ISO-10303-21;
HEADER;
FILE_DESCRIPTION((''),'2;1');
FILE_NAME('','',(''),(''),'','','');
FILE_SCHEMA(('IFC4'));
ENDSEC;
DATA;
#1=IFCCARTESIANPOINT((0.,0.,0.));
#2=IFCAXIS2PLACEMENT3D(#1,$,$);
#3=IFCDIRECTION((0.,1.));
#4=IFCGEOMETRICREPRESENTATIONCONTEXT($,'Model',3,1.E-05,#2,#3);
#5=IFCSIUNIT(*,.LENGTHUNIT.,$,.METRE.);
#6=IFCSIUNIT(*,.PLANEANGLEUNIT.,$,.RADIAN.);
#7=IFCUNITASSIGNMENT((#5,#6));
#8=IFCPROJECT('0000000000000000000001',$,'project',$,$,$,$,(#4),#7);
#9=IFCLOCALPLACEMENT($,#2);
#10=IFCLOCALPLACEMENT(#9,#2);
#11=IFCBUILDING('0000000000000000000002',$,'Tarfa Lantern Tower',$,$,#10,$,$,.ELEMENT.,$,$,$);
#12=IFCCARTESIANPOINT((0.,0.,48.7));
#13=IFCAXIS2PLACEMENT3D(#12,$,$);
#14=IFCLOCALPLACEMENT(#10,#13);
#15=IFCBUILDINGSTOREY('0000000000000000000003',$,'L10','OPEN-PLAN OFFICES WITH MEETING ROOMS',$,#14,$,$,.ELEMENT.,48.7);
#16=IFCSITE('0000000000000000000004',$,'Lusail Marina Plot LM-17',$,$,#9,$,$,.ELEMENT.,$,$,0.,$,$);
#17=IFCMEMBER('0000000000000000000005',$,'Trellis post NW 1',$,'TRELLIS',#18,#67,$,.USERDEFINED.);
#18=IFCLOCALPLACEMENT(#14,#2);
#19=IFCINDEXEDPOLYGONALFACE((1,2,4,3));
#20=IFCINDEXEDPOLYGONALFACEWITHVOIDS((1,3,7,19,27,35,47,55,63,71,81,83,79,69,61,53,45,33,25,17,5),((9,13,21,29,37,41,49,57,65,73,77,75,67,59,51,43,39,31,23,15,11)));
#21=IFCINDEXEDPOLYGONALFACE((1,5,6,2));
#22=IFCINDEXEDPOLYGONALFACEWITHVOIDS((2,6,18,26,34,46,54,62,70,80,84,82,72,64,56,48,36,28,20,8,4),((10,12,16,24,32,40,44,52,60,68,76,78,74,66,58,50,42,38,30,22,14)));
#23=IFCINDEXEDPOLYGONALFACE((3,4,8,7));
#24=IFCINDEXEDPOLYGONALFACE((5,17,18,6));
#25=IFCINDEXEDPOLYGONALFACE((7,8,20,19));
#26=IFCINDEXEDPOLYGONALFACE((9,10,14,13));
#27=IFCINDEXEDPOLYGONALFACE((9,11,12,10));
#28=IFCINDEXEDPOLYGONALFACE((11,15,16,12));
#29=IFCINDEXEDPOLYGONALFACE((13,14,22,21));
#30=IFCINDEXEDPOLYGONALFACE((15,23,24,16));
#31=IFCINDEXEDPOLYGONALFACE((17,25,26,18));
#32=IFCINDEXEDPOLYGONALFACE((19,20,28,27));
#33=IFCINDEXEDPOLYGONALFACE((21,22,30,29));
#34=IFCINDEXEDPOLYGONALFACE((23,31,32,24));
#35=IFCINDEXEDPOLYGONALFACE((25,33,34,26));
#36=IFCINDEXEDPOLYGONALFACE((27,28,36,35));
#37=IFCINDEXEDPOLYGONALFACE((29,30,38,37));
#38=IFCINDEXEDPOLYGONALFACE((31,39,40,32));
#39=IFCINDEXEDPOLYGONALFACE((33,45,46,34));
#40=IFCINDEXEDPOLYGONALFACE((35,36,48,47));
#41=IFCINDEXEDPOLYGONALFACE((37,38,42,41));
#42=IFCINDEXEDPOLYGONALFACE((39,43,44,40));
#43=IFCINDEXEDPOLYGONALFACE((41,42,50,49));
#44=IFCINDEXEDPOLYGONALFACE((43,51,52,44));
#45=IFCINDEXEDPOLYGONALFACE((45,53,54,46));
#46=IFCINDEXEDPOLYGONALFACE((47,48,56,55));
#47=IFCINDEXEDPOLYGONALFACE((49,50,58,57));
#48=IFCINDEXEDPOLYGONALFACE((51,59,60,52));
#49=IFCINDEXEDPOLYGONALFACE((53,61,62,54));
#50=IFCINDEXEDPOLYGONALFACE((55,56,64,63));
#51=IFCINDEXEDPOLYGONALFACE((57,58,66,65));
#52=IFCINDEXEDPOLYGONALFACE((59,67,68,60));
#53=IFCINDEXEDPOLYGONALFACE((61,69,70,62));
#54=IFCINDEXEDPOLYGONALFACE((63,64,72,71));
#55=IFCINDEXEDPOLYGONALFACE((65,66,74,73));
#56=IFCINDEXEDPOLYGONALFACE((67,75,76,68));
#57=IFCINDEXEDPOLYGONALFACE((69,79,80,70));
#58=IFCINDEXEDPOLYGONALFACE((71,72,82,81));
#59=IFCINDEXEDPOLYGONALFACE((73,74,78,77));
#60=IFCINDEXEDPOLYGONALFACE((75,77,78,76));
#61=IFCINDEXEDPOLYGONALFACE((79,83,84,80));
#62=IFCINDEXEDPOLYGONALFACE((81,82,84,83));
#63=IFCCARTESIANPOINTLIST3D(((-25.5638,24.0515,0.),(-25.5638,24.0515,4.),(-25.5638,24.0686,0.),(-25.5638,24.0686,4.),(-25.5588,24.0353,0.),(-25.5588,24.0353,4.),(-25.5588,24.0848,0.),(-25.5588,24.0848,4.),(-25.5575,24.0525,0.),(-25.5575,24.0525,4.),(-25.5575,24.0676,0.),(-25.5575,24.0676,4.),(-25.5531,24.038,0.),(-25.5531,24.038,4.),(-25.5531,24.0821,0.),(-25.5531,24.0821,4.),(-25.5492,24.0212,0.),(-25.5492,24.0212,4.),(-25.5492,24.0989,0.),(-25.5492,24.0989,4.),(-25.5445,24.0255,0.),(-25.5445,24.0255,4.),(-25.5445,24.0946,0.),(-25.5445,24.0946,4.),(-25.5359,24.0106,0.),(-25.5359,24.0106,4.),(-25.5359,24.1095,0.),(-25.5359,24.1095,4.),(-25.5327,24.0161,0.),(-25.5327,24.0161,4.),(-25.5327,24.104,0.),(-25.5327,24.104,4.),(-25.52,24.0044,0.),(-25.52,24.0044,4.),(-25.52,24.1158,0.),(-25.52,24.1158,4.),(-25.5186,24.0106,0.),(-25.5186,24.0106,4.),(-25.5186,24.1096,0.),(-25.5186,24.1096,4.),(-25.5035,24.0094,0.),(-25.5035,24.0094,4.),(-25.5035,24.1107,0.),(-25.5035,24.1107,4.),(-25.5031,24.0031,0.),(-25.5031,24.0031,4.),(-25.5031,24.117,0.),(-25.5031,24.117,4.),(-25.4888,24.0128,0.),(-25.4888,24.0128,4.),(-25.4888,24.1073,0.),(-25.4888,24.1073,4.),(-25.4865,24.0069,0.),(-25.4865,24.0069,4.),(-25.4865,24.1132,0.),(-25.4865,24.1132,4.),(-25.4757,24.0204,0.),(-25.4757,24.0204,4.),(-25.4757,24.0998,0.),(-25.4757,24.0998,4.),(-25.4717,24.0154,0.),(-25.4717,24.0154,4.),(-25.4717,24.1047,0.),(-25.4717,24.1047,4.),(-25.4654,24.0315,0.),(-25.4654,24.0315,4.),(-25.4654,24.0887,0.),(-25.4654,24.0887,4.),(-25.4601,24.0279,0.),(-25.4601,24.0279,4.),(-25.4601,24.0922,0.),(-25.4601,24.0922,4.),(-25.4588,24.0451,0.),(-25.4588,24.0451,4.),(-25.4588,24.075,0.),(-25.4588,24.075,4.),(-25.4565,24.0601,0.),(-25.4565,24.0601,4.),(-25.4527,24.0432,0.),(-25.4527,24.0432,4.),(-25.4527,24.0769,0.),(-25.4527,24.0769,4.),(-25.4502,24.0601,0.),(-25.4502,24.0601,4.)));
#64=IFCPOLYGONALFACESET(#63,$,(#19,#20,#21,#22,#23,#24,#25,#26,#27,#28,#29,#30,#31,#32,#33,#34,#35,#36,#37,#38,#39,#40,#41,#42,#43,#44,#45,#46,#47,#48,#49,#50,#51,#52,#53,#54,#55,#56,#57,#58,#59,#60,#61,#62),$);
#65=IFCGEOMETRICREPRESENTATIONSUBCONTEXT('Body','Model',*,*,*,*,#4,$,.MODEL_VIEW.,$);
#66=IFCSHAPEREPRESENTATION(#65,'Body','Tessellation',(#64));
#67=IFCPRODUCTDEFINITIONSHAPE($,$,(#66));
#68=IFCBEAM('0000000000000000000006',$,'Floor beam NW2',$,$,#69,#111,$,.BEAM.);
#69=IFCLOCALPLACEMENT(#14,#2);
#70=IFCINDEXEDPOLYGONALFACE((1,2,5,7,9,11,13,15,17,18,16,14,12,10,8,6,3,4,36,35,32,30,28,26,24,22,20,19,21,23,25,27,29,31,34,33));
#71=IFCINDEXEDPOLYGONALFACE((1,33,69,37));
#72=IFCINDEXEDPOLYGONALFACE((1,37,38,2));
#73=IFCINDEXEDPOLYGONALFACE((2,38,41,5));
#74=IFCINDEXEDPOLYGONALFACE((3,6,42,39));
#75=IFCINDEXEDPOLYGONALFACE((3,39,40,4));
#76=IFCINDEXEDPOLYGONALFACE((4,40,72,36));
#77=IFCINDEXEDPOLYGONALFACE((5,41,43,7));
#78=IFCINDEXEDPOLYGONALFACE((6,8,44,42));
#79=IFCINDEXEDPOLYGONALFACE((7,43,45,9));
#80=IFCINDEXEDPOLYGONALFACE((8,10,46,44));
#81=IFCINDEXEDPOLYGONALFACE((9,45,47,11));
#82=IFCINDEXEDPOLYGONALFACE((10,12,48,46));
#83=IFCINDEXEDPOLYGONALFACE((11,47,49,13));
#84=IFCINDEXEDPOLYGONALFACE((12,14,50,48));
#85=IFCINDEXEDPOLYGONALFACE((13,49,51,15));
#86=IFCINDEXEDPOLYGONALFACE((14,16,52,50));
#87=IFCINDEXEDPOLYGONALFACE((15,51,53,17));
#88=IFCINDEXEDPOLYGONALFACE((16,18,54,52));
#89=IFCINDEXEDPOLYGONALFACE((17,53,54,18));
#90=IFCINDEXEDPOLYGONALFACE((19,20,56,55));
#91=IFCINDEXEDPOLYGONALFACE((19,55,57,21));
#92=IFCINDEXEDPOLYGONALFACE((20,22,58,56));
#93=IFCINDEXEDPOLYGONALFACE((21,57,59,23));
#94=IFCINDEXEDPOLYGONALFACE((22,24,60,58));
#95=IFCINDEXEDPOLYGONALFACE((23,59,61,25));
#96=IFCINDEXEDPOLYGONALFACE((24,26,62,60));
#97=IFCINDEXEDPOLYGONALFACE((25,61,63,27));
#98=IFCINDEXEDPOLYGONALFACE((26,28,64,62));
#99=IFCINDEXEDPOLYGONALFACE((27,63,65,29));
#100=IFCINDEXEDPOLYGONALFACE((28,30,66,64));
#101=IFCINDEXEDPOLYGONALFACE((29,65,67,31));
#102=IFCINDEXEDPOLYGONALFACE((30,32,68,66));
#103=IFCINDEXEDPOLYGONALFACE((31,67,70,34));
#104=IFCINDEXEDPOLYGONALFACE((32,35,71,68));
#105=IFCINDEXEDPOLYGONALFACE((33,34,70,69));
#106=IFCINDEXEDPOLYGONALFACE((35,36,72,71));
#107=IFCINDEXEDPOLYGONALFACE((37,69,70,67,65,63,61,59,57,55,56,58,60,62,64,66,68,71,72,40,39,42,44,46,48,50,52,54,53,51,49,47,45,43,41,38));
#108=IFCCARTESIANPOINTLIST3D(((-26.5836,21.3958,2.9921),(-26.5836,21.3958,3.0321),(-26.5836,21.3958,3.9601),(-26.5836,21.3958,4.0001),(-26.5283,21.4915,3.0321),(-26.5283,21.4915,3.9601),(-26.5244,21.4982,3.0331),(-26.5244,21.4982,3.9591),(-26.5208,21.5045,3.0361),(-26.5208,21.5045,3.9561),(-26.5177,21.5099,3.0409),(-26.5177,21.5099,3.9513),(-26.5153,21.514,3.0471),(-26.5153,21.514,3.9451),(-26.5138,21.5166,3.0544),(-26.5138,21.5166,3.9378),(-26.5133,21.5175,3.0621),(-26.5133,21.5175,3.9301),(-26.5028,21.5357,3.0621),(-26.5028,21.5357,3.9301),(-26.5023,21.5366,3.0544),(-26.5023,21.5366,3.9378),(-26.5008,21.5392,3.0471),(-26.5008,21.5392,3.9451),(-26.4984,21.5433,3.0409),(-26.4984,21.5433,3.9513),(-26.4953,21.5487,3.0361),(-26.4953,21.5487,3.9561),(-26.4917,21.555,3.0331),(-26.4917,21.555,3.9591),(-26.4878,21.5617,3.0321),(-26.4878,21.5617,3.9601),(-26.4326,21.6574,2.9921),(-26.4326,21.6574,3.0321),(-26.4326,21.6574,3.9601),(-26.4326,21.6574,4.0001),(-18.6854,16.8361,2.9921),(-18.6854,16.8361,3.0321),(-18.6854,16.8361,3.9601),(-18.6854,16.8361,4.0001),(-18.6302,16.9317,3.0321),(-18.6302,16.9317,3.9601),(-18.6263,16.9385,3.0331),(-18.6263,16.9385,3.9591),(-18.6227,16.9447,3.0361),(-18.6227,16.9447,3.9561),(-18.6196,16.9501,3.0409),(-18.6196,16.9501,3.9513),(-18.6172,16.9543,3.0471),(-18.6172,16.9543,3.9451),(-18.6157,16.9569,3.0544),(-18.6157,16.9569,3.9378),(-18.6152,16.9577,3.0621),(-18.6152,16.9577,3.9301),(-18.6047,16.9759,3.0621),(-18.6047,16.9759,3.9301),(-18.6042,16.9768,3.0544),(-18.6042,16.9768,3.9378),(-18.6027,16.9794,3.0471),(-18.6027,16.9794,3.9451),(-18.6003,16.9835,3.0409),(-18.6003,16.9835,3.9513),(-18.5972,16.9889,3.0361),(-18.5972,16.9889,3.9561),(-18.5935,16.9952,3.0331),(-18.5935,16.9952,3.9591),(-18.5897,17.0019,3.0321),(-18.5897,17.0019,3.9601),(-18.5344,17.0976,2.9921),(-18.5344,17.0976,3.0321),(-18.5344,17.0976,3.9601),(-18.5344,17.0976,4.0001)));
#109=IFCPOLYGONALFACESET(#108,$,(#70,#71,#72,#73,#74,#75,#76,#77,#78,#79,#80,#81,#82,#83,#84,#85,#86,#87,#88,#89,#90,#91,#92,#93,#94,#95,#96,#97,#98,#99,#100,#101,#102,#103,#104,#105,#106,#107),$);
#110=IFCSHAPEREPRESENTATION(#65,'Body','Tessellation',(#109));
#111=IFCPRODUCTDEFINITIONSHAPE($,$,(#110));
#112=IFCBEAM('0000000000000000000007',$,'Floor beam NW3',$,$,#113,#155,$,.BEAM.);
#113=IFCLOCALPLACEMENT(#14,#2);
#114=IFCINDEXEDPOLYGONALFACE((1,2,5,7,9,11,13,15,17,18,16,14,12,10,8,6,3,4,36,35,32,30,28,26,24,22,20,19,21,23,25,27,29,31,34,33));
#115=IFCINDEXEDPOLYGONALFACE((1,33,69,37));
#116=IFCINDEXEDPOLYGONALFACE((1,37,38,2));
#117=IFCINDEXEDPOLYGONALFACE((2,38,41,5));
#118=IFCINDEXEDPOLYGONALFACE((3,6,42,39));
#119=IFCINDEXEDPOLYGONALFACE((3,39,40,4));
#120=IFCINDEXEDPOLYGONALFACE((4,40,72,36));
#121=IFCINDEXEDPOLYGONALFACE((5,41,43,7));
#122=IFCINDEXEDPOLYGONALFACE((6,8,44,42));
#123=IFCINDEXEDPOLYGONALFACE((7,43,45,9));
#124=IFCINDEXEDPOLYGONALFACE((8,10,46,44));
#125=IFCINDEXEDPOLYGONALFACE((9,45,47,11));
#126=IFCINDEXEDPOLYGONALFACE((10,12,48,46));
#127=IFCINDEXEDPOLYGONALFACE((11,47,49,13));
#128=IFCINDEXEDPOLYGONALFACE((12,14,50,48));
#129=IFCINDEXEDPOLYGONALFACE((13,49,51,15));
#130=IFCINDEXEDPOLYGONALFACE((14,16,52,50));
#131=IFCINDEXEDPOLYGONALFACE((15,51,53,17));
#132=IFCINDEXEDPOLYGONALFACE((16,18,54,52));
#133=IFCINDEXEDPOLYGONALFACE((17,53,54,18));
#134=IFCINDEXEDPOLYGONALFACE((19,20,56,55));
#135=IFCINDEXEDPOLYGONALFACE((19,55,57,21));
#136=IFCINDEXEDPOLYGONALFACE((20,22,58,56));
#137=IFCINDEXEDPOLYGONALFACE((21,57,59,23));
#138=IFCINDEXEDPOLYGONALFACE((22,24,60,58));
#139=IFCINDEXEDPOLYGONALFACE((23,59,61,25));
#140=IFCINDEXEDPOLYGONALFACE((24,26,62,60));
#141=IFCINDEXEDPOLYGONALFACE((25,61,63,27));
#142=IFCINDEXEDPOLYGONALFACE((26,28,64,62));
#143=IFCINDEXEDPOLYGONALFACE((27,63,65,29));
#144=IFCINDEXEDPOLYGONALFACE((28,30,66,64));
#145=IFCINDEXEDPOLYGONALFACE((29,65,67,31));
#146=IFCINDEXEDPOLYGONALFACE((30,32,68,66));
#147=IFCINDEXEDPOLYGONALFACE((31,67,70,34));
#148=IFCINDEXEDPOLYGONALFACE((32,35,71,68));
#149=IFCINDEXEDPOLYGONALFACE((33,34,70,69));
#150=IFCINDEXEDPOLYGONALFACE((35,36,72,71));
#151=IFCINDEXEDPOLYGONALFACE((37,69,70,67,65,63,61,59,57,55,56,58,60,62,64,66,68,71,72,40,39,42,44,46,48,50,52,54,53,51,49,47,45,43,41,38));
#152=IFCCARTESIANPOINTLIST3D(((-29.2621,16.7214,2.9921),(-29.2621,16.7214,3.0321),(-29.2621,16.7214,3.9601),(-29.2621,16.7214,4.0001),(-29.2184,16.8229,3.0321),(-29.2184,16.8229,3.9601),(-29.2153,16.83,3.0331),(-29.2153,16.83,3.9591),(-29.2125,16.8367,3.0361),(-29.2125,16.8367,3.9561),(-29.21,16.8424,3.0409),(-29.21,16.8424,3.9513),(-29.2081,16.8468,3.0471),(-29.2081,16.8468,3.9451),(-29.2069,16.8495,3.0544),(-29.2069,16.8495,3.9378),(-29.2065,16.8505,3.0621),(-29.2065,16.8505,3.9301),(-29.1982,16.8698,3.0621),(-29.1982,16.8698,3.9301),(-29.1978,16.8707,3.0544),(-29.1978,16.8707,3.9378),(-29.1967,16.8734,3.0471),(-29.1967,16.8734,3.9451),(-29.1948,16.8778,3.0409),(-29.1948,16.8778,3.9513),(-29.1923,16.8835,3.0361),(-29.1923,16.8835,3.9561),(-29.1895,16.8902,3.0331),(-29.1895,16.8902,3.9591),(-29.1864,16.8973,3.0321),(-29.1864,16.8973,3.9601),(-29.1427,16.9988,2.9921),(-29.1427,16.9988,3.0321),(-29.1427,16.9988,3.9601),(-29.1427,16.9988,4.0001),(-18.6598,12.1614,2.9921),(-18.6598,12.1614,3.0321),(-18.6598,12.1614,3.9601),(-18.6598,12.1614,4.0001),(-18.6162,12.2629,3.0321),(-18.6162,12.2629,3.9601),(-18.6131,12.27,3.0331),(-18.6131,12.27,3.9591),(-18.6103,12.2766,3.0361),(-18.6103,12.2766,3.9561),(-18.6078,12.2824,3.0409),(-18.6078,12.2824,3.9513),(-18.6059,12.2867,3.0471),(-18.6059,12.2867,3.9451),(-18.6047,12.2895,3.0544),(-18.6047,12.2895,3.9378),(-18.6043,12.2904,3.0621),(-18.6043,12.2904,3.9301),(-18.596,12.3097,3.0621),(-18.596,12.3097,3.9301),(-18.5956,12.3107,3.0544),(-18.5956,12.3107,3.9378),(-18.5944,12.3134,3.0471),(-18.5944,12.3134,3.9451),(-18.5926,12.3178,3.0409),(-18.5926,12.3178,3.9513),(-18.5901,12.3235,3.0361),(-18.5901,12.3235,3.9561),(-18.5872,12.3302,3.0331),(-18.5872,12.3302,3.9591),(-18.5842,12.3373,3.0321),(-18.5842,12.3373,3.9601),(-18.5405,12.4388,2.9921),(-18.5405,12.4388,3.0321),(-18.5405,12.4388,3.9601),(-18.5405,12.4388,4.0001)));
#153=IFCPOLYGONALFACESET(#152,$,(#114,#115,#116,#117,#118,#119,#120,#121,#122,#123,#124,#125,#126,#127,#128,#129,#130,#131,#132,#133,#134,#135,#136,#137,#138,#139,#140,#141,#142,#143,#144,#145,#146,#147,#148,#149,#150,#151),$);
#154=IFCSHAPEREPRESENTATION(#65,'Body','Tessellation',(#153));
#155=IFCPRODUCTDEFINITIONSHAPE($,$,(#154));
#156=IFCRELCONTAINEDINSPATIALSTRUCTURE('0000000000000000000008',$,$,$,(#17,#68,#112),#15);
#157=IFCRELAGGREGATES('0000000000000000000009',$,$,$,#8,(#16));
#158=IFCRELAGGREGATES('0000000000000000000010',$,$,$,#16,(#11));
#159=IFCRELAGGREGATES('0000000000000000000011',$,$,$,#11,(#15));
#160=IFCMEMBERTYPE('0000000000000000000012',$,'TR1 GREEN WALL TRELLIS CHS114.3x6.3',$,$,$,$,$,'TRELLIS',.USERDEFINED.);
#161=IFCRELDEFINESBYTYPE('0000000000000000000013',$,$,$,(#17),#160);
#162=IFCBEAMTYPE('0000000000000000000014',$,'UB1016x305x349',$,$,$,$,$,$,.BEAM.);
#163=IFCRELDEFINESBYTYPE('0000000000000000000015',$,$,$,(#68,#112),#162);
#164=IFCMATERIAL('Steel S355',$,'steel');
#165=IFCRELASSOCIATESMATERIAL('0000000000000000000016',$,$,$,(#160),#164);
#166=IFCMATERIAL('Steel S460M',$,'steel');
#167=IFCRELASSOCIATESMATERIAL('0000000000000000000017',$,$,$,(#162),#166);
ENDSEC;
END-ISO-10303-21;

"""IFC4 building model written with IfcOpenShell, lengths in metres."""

from ifc_helpers import new_model, si_unit, direction, frame, origin, origin_2d, place, context, subcontext, project, spatial, hollow_circle, i_section, extrude, material, material_profile, profile_set, type_object, element, save


model = new_model("IFC4")

# Units and contexts
model_context = context("Model", 3, precision=1e-05, world=origin(), true_north=direction((0.0, 1.0)))
body_context = subcontext(model_context, "Body", "Model", "MODEL_VIEW")
ifc_project = project(units=[si_unit("LENGTHUNIT", "METRE"), si_unit("PLANEANGLEUNIT", "RADIAN")], contexts=[model_context])

# Site, building, storey
site_placement = place(None, origin())
site = spatial("IfcSite", under=ifc_project, at=site_placement, Name="Lusail Marina Plot LM-17", CompositionType="ELEMENT", RefElevation=0.0)
building_placement = place(site_placement, origin())
building = spatial("IfcBuilding", under=site, at=building_placement, Name="Tarfa Lantern Tower", CompositionType="ELEMENT")
storey_placement = place(building_placement, frame((0.0, 0.0, 48.7)))
storey = spatial("IfcBuildingStorey", under=building, at=storey_placement, Name="L10", Description="OPEN-PLAN OFFICES WITH MEETING ROOMS", CompositionType="ELEMENT", Elevation=48.7)

# Member
ifc_material_1 = material(Name="Steel S355", Category="steel")
ifc_material_profile_1 = material_profile(ifc_material_1, hollow_circle(Radius=0.0571, WallThickness=0.0063, at=origin_2d()), Name="CHS114.3x6.3")
ifc_profile_set_1 = profile_set([ifc_material_profile_1], Name="Steel S355")
member_type_1 = type_object("IfcMemberType", Name="TR1 GREEN WALL TRELLIS CHS114.3x6.3", ElementType="TRELLIS", PredefinedType="USERDEFINED", material=ifc_profile_set_1)
member_1_placement = place(storey_placement, frame((-25.5073, 24.0601, 0.0), z_axis=(0.0, 0.0, 1.0), x_axis=(1.0, 0.0, 0.0)))
element("IfcMember", 1, at=member_1_placement, inside=storey, type_object=member_type_1, Name="Trellis post NW 1", ObjectType="TRELLIS", PredefinedType="USERDEFINED", context=body_context, shape_type="SweptSolid", body=[
    extrude(hollow_circle(Radius=0.0571, WallThickness=0.0063, at=origin_2d()), origin(), (0.0, 0.0, 1.0), 4.0),
])

# Beams
ifc_material_2 = material(Name="Steel S460M", Category="steel")
ifc_material_profile_2 = material_profile(ifc_material_2, i_section(OverallWidth=0.302, OverallDepth=1.0081, WebThickness=0.021, FlangeThickness=0.04, FilletRadius=0.03, at=origin_2d()), Name="UB1016x305x349")
ifc_profile_set_2 = profile_set([ifc_material_profile_2], Name="Steel S460M")
beam_type_1 = type_object("IfcBeamType", Name="UB1016x305x349", PredefinedType="BEAM", material=ifc_profile_set_2)
beam_1_placement = place(storey_placement, frame((-26.5081, 21.5266, 3.4961), z_axis=(0.866035, -0.499983, 0.0), x_axis=(0.499983, 0.866035, 0.0)))
element("IfcBeam", 2, at=beam_1_placement, inside=storey, type_object=beam_type_1, Name="Floor beam NW2", PredefinedType="BEAM", context=body_context, shape_type="SweptSolid", body=[
    extrude(i_section(OverallWidth=0.302, OverallDepth=1.0081, WebThickness=0.021, FlangeThickness=0.04, FilletRadius=0.03, at=origin_2d()), origin(), (0.0, 0.0, 1.0), 9.1199),
])
beam_2_placement = place(storey_placement, frame((-29.2024, 16.8601, 3.4961), z_axis=(0.918635, -0.395106, 0.0), x_axis=(0.395106, 0.918635, 0.0)))
element("IfcBeam", 3, at=beam_2_placement, inside=storey, type_object=beam_type_1, Name="Floor beam NW3", PredefinedType="BEAM", context=body_context, shape_type="SweptSolid", body=[
    extrude(i_section(OverallWidth=0.302, OverallDepth=1.0081, WebThickness=0.021, FlangeThickness=0.04, FilletRadius=0.03, at=origin_2d()), origin(), (0.0, 0.0, 1.0), 11.5413),
])

save(model, "model.ifc")
